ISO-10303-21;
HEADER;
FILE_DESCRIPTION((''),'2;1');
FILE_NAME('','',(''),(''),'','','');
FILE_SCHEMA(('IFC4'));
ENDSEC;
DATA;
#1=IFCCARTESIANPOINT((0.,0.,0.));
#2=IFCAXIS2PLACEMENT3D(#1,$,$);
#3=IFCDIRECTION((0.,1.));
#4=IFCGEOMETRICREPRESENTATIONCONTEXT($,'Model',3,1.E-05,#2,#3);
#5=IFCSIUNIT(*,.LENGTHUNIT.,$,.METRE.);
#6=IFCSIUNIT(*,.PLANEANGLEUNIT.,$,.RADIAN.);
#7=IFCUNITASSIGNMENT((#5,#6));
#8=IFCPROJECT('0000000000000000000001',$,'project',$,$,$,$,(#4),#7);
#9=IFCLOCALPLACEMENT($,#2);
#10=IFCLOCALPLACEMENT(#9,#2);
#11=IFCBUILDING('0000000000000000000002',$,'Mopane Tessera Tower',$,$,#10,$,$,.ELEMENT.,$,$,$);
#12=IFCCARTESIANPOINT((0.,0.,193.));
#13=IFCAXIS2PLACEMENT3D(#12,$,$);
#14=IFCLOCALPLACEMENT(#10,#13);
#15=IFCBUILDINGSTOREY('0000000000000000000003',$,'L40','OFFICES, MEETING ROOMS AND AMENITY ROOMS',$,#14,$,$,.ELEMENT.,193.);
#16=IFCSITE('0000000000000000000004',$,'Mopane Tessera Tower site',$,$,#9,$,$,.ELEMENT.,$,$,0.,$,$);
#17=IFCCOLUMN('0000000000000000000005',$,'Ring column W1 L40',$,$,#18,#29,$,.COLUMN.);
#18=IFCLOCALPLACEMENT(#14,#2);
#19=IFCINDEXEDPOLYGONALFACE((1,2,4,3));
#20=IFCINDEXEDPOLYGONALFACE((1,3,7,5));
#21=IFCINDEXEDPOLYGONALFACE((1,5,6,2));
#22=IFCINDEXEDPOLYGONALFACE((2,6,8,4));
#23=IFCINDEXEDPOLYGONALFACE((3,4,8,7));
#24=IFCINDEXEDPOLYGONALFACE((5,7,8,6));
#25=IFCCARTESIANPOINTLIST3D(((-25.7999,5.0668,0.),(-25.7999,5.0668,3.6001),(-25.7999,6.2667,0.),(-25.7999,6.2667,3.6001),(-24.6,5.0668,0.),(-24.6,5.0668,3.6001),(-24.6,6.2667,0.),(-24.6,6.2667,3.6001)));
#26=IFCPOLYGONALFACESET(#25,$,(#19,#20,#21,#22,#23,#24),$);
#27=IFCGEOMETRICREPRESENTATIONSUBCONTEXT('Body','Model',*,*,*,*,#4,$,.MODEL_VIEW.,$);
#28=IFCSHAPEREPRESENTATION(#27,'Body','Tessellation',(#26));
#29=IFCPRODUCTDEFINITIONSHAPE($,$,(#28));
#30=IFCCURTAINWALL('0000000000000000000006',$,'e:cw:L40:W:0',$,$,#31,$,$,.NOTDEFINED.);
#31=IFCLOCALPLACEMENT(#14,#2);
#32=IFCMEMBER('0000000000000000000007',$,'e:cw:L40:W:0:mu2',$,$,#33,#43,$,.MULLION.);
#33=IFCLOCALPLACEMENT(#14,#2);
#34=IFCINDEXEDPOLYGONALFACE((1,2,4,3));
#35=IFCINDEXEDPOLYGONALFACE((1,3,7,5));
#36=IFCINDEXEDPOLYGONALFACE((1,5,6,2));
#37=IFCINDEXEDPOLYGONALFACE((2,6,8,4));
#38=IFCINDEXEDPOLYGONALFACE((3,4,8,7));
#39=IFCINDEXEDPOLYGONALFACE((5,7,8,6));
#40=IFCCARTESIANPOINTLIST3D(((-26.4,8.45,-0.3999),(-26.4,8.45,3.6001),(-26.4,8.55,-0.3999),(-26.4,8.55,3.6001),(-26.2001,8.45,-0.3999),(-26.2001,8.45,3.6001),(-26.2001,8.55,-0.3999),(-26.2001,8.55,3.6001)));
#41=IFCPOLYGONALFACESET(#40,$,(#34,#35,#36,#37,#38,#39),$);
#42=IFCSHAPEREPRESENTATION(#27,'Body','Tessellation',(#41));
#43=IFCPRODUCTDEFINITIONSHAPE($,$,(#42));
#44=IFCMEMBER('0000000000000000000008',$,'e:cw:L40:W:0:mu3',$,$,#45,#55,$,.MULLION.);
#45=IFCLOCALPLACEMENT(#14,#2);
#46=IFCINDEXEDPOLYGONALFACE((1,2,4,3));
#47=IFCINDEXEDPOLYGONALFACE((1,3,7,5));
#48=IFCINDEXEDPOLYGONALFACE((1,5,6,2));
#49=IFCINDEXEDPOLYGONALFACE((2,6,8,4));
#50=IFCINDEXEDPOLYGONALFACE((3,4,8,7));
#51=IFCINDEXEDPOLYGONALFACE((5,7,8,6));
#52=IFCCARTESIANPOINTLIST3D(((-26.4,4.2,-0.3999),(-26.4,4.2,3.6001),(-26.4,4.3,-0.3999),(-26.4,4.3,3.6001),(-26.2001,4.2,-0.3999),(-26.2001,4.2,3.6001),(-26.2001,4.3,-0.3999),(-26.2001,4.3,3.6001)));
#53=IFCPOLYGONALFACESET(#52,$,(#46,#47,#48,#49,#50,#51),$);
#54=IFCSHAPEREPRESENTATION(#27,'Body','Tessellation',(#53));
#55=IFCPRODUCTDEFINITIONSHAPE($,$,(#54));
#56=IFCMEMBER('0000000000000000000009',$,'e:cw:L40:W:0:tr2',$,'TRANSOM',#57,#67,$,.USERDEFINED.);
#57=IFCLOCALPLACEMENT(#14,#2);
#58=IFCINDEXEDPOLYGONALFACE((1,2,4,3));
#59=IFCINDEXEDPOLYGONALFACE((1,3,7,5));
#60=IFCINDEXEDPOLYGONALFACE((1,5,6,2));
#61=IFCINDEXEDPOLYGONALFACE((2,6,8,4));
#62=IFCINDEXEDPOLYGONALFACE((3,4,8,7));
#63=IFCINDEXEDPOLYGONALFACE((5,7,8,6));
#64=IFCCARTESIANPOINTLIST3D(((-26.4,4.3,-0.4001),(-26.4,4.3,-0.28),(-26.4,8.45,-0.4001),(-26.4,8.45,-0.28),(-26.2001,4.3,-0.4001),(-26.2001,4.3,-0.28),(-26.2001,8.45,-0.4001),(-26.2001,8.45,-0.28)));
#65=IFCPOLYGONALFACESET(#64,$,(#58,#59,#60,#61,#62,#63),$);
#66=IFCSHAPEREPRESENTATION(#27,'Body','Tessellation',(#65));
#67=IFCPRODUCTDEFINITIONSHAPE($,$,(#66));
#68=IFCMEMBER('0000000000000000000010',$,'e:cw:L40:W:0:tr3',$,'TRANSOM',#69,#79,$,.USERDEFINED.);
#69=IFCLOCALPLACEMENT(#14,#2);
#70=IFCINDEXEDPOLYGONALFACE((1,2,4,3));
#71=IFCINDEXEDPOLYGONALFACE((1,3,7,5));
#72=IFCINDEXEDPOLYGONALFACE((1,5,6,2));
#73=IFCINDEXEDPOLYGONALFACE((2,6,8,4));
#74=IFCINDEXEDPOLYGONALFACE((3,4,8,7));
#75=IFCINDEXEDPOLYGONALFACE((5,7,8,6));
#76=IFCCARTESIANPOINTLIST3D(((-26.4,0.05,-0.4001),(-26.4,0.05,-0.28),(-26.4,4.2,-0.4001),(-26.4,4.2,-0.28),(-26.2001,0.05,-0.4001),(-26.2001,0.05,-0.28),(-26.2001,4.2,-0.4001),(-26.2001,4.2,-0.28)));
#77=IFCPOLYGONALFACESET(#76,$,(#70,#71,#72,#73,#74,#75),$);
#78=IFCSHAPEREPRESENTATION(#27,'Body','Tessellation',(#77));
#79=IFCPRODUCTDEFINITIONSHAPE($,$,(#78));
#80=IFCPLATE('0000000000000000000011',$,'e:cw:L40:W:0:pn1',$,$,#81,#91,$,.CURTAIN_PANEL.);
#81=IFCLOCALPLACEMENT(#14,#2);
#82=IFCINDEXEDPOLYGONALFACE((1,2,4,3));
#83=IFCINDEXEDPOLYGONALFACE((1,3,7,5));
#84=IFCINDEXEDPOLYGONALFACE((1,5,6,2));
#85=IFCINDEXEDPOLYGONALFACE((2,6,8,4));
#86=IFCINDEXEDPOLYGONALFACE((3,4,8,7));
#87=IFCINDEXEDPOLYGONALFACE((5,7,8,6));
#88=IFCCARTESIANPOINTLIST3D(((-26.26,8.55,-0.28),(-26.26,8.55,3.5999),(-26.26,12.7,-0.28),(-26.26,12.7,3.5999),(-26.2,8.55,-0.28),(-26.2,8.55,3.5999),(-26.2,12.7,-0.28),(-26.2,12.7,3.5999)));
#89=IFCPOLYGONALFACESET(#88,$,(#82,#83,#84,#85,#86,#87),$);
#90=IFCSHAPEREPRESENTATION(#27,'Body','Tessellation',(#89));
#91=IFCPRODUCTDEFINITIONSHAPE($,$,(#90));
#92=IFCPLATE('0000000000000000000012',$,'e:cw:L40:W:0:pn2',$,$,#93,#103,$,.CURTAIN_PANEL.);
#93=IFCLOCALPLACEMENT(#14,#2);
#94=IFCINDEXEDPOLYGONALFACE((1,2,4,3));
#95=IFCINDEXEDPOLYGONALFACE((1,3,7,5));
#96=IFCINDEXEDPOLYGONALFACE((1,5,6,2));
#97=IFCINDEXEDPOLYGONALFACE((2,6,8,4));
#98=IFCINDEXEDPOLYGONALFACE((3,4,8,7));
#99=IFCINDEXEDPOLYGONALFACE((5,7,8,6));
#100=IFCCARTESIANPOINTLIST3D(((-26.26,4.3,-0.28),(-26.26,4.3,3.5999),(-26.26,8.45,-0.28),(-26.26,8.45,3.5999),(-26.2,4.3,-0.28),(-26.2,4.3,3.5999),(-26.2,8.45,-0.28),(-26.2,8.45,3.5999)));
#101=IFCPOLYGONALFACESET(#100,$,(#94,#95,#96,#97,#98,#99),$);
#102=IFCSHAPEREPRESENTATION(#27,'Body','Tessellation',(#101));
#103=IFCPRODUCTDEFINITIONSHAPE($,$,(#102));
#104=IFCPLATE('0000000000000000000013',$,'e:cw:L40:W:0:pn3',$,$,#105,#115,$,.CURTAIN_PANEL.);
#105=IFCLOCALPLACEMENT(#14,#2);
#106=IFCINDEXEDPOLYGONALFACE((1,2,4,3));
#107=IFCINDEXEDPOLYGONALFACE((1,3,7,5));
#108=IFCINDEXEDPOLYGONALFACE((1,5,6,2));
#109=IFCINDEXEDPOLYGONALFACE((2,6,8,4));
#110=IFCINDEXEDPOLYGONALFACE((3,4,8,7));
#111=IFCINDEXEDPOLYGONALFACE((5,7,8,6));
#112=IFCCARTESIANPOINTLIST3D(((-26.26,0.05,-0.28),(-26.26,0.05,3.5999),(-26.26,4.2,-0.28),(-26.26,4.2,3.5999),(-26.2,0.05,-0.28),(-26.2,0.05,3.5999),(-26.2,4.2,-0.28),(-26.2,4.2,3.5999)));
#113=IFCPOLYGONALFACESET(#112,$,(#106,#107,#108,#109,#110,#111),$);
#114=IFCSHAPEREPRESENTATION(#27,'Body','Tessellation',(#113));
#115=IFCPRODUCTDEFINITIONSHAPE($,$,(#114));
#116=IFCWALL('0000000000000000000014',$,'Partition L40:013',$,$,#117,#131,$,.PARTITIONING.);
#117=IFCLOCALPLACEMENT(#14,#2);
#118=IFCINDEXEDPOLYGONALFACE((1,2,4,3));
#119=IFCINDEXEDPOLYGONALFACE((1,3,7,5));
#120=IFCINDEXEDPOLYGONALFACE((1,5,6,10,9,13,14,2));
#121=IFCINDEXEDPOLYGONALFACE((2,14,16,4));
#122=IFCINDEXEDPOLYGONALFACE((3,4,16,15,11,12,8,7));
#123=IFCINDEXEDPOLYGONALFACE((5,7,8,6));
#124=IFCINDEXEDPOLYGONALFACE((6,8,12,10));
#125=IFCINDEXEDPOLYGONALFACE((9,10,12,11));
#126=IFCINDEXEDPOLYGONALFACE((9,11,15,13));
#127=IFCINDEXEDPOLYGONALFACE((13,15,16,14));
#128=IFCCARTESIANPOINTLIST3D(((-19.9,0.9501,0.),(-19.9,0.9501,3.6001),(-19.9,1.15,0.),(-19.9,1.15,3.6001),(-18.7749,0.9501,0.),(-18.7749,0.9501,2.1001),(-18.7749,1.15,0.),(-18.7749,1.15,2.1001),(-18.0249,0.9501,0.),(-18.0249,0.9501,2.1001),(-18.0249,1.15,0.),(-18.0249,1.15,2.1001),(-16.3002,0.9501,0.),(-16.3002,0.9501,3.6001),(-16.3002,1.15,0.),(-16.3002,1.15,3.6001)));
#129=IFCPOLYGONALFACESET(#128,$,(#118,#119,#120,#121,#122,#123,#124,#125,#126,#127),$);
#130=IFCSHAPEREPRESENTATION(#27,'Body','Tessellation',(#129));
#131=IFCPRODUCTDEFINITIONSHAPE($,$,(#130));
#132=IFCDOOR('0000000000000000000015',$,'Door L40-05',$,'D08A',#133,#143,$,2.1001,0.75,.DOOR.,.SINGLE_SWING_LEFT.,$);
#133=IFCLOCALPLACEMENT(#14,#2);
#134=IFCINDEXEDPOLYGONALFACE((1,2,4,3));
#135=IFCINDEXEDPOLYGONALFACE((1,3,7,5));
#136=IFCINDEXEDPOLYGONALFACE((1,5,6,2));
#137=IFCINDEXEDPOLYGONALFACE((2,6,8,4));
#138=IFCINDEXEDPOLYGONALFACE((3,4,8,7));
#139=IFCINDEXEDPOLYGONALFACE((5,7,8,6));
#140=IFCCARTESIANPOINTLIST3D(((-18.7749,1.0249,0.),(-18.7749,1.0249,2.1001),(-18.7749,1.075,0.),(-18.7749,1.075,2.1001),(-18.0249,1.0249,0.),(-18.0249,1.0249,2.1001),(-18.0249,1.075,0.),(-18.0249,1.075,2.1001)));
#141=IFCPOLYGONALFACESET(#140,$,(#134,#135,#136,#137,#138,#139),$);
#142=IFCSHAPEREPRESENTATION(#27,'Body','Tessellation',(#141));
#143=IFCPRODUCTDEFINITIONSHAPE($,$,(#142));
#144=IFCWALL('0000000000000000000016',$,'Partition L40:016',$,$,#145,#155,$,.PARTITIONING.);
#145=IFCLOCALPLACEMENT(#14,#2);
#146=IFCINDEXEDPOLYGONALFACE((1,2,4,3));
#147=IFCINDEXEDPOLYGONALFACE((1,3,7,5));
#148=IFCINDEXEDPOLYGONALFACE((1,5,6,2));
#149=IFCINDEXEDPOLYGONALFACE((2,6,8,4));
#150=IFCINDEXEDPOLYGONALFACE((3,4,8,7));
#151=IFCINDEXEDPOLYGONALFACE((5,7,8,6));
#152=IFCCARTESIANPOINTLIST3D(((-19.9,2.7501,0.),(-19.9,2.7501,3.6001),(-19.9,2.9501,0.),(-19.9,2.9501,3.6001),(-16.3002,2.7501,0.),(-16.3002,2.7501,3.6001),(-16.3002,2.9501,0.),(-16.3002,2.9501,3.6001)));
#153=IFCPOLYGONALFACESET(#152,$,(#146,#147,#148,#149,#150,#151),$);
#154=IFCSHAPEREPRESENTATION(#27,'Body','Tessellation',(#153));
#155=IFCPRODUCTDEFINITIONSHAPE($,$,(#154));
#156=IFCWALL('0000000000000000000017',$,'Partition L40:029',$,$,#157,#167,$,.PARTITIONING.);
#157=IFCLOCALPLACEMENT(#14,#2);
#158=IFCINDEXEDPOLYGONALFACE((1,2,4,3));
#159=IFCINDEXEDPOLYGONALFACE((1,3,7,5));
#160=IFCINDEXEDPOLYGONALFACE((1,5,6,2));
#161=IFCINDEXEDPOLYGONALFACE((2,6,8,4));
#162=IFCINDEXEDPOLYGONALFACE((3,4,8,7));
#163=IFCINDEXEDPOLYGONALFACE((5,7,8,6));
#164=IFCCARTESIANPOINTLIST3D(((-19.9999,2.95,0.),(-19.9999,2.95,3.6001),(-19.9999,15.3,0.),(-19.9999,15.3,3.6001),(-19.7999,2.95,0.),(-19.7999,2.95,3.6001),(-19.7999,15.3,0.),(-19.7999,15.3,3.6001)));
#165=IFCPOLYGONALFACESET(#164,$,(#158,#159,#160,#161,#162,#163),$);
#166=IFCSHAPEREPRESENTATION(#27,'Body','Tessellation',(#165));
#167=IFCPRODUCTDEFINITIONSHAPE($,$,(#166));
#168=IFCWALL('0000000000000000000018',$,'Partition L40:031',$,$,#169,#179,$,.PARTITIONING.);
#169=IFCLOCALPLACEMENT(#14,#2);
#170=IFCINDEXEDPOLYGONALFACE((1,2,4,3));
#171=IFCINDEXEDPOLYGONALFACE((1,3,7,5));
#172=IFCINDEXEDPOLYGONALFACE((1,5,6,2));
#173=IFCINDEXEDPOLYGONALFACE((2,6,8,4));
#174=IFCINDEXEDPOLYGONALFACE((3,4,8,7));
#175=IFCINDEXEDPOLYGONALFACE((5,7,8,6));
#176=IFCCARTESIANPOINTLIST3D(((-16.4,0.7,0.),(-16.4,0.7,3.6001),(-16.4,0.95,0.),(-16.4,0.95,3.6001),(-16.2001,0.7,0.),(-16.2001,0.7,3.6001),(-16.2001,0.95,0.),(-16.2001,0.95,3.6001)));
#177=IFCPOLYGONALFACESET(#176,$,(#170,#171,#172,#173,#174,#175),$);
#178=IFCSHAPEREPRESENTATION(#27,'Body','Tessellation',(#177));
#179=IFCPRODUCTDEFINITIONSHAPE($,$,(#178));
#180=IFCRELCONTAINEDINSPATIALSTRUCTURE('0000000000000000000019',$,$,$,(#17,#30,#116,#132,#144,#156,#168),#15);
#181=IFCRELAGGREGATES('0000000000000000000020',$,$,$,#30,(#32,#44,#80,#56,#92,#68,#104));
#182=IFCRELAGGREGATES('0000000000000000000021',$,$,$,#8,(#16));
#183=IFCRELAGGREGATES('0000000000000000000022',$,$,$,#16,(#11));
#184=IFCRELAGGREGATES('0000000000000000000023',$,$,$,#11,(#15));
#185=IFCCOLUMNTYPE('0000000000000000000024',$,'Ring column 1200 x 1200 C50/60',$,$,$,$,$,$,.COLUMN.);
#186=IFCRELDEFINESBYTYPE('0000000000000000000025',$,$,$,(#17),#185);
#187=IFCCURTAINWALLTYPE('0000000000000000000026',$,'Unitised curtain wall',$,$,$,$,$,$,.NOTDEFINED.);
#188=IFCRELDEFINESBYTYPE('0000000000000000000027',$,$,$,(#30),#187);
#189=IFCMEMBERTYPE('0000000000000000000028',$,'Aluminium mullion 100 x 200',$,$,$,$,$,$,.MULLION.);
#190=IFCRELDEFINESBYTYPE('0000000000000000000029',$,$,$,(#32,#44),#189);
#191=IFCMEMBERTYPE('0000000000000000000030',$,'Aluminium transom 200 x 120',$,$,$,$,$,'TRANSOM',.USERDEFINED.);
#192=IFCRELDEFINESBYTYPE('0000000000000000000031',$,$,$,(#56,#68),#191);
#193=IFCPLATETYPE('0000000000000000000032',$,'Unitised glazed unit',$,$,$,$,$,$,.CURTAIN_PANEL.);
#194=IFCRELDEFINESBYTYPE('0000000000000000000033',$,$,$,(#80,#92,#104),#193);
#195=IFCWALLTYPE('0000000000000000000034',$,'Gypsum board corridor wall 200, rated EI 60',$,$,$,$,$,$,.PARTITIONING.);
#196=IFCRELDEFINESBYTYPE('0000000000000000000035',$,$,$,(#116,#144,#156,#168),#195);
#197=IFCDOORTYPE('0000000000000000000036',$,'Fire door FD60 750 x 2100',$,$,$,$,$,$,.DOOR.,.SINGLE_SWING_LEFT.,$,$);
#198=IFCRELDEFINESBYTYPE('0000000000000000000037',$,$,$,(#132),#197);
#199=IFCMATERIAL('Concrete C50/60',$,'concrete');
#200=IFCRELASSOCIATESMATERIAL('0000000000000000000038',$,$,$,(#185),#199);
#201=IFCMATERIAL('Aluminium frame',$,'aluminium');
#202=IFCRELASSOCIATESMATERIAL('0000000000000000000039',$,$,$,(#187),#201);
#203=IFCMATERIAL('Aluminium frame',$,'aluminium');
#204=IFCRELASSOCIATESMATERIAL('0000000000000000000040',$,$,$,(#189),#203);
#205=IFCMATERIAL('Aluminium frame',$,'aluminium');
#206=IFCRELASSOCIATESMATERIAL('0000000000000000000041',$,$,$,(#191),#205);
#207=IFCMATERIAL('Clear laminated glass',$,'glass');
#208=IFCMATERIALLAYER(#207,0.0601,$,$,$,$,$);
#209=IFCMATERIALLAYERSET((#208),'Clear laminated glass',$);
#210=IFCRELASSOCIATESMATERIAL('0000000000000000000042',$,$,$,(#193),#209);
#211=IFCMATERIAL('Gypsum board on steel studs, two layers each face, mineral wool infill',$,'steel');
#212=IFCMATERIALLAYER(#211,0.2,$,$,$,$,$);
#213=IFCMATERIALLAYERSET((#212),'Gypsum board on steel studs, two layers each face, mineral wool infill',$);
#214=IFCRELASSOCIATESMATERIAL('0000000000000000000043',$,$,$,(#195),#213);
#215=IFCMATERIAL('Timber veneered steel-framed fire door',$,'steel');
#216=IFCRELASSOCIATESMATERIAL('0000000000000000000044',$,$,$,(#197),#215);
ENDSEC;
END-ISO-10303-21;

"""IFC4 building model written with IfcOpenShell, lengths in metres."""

from ifc_helpers import new_model, si_unit, direction, frame, frame_2d, origin, origin_2d, place, context, subcontext, project, spatial, rectangle, extrude, material, layer, layer_set, material_profile, profile_set, type_object, element, fill, aggregate, save


model = new_model("IFC4")

# Units and contexts
model_context = context("Model", 3, precision=1e-05, world=origin(), true_north=direction((0.0, 1.0)))
body_context = subcontext(model_context, "Body", "Model", "MODEL_VIEW")
ifc_project = project(units=[si_unit("LENGTHUNIT", "METRE"), si_unit("PLANEANGLEUNIT", "RADIAN")], contexts=[model_context])

# Site, building, storey
site_placement = place(None, origin())
site = spatial("IfcSite", under=ifc_project, at=site_placement, Name="Mopane Tessera Tower site", CompositionType="ELEMENT", RefElevation=0.0)
building_placement = place(site_placement, origin())
building = spatial("IfcBuilding", under=site, at=building_placement, Name="Mopane Tessera Tower", CompositionType="ELEMENT")
storey_placement = place(building_placement, frame((0.0, 0.0, 193.0)))
storey = spatial("IfcBuildingStorey", under=building, at=storey_placement, Name="L40", Description="OFFICES, MEETING ROOMS AND AMENITY ROOMS", CompositionType="ELEMENT", Elevation=193.0)

# Column
ifc_material_1 = material(Name="Concrete C50/60", Category="concrete")
ifc_material_profile_1 = material_profile(ifc_material_1, rectangle(XDim=1.2, YDim=1.2, at=origin_2d()))
ifc_profile_set_1 = profile_set([ifc_material_profile_1], Name="Concrete C50/60")
column_type = type_object("IfcColumnType", Name="Ring column 1200 x 1200 C50/60", PredefinedType="COLUMN", material=ifc_profile_set_1)
column_placement = place(storey_placement, frame((-25.2, 5.6667, 0.0), z_axis=(0.0, 0.0, 1.0), x_axis=(1.0, 0.0, 0.0)))
element("IfcColumn", 1, at=column_placement, inside=storey, type_object=column_type, Name="Ring column W1 L40", PredefinedType="COLUMN", context=body_context, shape_type="SweptSolid", body=[
    extrude(rectangle(XDim=1.2, YDim=1.2, at=origin_2d()), origin(), (0.0, 0.0, 1.0), 3.6001),
])

# Curtain wall, members, plates
ifc_material_2 = material(Name="Aluminium frame", Category="aluminium")
curtain_wall_type = type_object("IfcCurtainWallType", Name="Unitised curtain wall", PredefinedType="NOTDEFINED", material=ifc_material_2)
curtain_wall_placement = place(storey_placement, origin())
curtain_wall = element("IfcCurtainWall", 2, at=curtain_wall_placement, inside=storey, type_object=curtain_wall_type, Name="e:cw:L40:W:0", PredefinedType="NOTDEFINED")
ifc_material_3 = material(Name="Aluminium frame", Category="aluminium")
ifc_material_profile_2 = material_profile(ifc_material_3, rectangle(XDim=0.1001, YDim=0.2, at=origin_2d()))
ifc_profile_set_2 = profile_set([ifc_material_profile_2], Name="Aluminium frame")
member_type_1 = type_object("IfcMemberType", Name="Aluminium mullion 100 x 200", PredefinedType="MULLION", material=ifc_profile_set_2)
member_1_placement = place(storey_placement, frame((-26.3, 8.5, -0.3999), z_axis=(0.0, 0.0, 1.0), x_axis=(0.0, -1.0, 0.0)))
member_1 = element("IfcMember", 3, at=member_1_placement, type_object=member_type_1, Name="e:cw:L40:W:0:mu2", PredefinedType="MULLION", context=body_context, shape_type="SweptSolid", body=[
    extrude(rectangle(XDim=0.1001, YDim=0.2, at=origin_2d()), origin(), (0.0, 0.0, 1.0), 4.0),
])
member_2_placement = place(storey_placement, frame((-26.3, 4.25, -0.3999), z_axis=(0.0, 0.0, 1.0), x_axis=(0.0, -1.0, 0.0)))
member_2 = element("IfcMember", 4, at=member_2_placement, type_object=member_type_1, Name="e:cw:L40:W:0:mu3", PredefinedType="MULLION", context=body_context, shape_type="SweptSolid", body=[
    extrude(rectangle(XDim=0.1001, YDim=0.2, at=origin_2d()), origin(), (0.0, 0.0, 1.0), 4.0),
])
ifc_material_4 = material(Name="Aluminium frame", Category="aluminium")
ifc_material_profile_3 = material_profile(ifc_material_4, rectangle(XDim=0.2, YDim=0.1201, at=origin_2d()))
ifc_profile_set_3 = profile_set([ifc_material_profile_3], Name="Aluminium frame")
member_type_2 = type_object("IfcMemberType", Name="Aluminium transom 200 x 120", ElementType="TRANSOM", PredefinedType="USERDEFINED", material=ifc_profile_set_3)
member_3_placement = place(storey_placement, frame((-26.3, 8.45, -0.3401), z_axis=(0.0, -1.0, 0.0), x_axis=(1.0, 0.0, 0.0)))
member_3 = element("IfcMember", 5, at=member_3_placement, type_object=member_type_2, Name="e:cw:L40:W:0:tr2", ObjectType="TRANSOM", PredefinedType="USERDEFINED", context=body_context, shape_type="SweptSolid", body=[
    extrude(rectangle(XDim=0.2, YDim=0.1201, at=origin_2d()), origin(), (0.0, 0.0, 1.0), 4.1499),
])
member_4_placement = place(storey_placement, frame((-26.3, 4.2, -0.3401), z_axis=(0.0, -1.0, 0.0), x_axis=(1.0, 0.0, 0.0)))
member_4 = element("IfcMember", 6, at=member_4_placement, type_object=member_type_2, Name="e:cw:L40:W:0:tr3", ObjectType="TRANSOM", PredefinedType="USERDEFINED", context=body_context, shape_type="SweptSolid", body=[
    extrude(rectangle(XDim=0.2, YDim=0.1201, at=origin_2d()), origin(), (0.0, 0.0, 1.0), 4.1499),
])
ifc_material_5 = material(Name="Clear laminated glass", Category="glass")
ifc_layer_1 = layer(ifc_material_5, 0.0601)
ifc_layer_set_1 = layer_set([ifc_layer_1], Name="Clear laminated glass")
plate_type = type_object("IfcPlateType", Name="Unitised glazed unit", PredefinedType="CURTAIN_PANEL", material=ifc_layer_set_1)
plate_1_placement = place(storey_placement, frame((-26.23, 10.625, -0.28), z_axis=(0.0, 0.0, 1.0), x_axis=(0.0, -1.0, 0.0)))
plate_1 = element("IfcPlate", 7, at=plate_1_placement, type_object=plate_type, Name="e:cw:L40:W:0:pn1", PredefinedType="CURTAIN_PANEL", context=body_context, shape_type="SweptSolid", body=[
    extrude(rectangle(XDim=4.1499, YDim=0.0601, at=origin_2d()), origin(), (0.0, 0.0, 1.0), 3.8799),
])
plate_2_placement = place(storey_placement, frame((-26.23, 6.375, -0.28), z_axis=(0.0, 0.0, 1.0), x_axis=(0.0, -1.0, 0.0)))
plate_2 = element("IfcPlate", 8, at=plate_2_placement, type_object=plate_type, Name="e:cw:L40:W:0:pn2", PredefinedType="CURTAIN_PANEL", context=body_context, shape_type="SweptSolid", body=[
    extrude(rectangle(XDim=4.1499, YDim=0.0601, at=origin_2d()), origin(), (0.0, 0.0, 1.0), 3.8799),
])
plate_3_placement = place(storey_placement, frame((-26.23, 2.125, -0.28), z_axis=(0.0, 0.0, 1.0), x_axis=(0.0, -1.0, 0.0)))
plate_3 = element("IfcPlate", 9, at=plate_3_placement, type_object=plate_type, Name="e:cw:L40:W:0:pn3", PredefinedType="CURTAIN_PANEL", context=body_context, shape_type="SweptSolid", body=[
    extrude(rectangle(XDim=4.1499, YDim=0.0601, at=origin_2d()), origin(), (0.0, 0.0, 1.0), 3.8799),
])
aggregate(curtain_wall, [member_1, member_2, plate_1, member_3, plate_2, member_4, plate_3])

# Wall, opening, door
ifc_material_6 = material(Name="Gypsum board on steel studs, two layers each face, mineral wool infill", Category="steel")
ifc_layer_2 = layer(ifc_material_6, 0.2)
ifc_layer_set_2 = layer_set([ifc_layer_2], Name="Gypsum board on steel studs, two layers each face, mineral wool infill")
wall_type_1 = type_object("IfcWallType", Name="Gypsum board corridor wall 200, rated EI 60", PredefinedType="PARTITIONING", material=ifc_layer_set_2)
wall_1_placement = place(storey_placement, frame((-19.8999, 1.05, 0.0), z_axis=(0.0, 0.0, 1.0), x_axis=(1.0, 0.0, 0.0)))
wall_1 = element("IfcWall", 10, at=wall_1_placement, inside=storey, type_object=wall_type_1, Name="Partition L40:013", PredefinedType="PARTITIONING", context=body_context, shape_type="SweptSolid", body=[
    extrude(rectangle(XDim=3.5999, YDim=0.2, at=frame_2d((1.7998, 0.0))), origin(), (0.0, 0.0, 1.0), 3.6001),
])
opening_1_placement = place(wall_1_placement, frame((1.125, 0.0, 0.0)))
opening_1 = element("IfcOpeningElement", 11, at=opening_1_placement, cuts=wall_1, PredefinedType="OPENING", context=body_context, shape_type="SweptSolid", body=[
    extrude(rectangle(XDim=0.75, YDim=2.1001, at=frame_2d((0.375, 1.05))), frame((0.0, 0.1121, 0.0), z_axis=(0.0, -1.0, 0.0), x_axis=(1.0, 0.0, 0.0)), (0.0, 0.0, 1.0), 0.2239),
])
ifc_material_7 = material(Name="Timber veneered steel-framed fire door", Category="steel")
door_type_1 = type_object("IfcDoorType", Name="Fire door FD60 750 x 2100", OperationType="SINGLE_SWING_LEFT", PredefinedType="DOOR", material=ifc_material_7)
door_1_placement = place(opening_1_placement, origin())
door_1 = element("IfcDoor", 12, at=door_1_placement, inside=storey, type_object=door_type_1, Name="Door L40-05", ObjectType="D08A", OperationType="SINGLE_SWING_LEFT", OverallHeight=2.1001, OverallWidth=0.75, PredefinedType="DOOR", context=body_context, shape_type="SweptSolid", body=[
    extrude(rectangle(XDim=0.75, YDim=2.1001, at=frame_2d((0.375, 1.05))), frame((0.0, 0.0249, 0.0), z_axis=(0.0, -1.0, 0.0), x_axis=(1.0, 0.0, 0.0)), (0.0, 0.0, 1.0), 0.05),
])
fill(opening_1, door_1)

# Walls
wall_2_placement = place(storey_placement, frame((-19.8999, 2.8501, 0.0), z_axis=(0.0, 0.0, 1.0), x_axis=(1.0, 0.0, 0.0)))
element("IfcWall", 13, at=wall_2_placement, inside=storey, type_object=wall_type_1, Name="Partition L40:016", PredefinedType="PARTITIONING", context=body_context, shape_type="SweptSolid", body=[
    extrude(rectangle(XDim=3.5999, YDim=0.2, at=frame_2d((1.7998, 0.0))), origin(), (0.0, 0.0, 1.0), 3.6001),
])
wall_3_placement = place(storey_placement, frame((-19.8999, 2.95, 0.0), z_axis=(0.0, 0.0, 1.0), x_axis=(0.0, 1.0, 0.0)))
element("IfcWall", 14, at=wall_3_placement, inside=storey, type_object=wall_type_1, Name="Partition L40:029", PredefinedType="PARTITIONING", context=body_context, shape_type="SweptSolid", body=[
    extrude(rectangle(XDim=12.3501, YDim=0.2, at=frame_2d((6.175, 0.0))), origin(), (0.0, 0.0, 1.0), 3.6001),
])
wall_4_placement = place(storey_placement, frame((-16.3, 0.7, 0.0), z_axis=(0.0, 0.0, 1.0), x_axis=(0.0, 1.0, 0.0)))
element("IfcWall", 15, at=wall_4_placement, inside=storey, type_object=wall_type_1, Name="Partition L40:031", PredefinedType="PARTITIONING", context=body_context, shape_type="SweptSolid", body=[
    extrude(rectangle(XDim=0.25, YDim=0.2, at=frame_2d((0.125, 0.0))), origin(), (0.0, 0.0, 1.0), 3.6001),
])

save(model, "model.ifc")
